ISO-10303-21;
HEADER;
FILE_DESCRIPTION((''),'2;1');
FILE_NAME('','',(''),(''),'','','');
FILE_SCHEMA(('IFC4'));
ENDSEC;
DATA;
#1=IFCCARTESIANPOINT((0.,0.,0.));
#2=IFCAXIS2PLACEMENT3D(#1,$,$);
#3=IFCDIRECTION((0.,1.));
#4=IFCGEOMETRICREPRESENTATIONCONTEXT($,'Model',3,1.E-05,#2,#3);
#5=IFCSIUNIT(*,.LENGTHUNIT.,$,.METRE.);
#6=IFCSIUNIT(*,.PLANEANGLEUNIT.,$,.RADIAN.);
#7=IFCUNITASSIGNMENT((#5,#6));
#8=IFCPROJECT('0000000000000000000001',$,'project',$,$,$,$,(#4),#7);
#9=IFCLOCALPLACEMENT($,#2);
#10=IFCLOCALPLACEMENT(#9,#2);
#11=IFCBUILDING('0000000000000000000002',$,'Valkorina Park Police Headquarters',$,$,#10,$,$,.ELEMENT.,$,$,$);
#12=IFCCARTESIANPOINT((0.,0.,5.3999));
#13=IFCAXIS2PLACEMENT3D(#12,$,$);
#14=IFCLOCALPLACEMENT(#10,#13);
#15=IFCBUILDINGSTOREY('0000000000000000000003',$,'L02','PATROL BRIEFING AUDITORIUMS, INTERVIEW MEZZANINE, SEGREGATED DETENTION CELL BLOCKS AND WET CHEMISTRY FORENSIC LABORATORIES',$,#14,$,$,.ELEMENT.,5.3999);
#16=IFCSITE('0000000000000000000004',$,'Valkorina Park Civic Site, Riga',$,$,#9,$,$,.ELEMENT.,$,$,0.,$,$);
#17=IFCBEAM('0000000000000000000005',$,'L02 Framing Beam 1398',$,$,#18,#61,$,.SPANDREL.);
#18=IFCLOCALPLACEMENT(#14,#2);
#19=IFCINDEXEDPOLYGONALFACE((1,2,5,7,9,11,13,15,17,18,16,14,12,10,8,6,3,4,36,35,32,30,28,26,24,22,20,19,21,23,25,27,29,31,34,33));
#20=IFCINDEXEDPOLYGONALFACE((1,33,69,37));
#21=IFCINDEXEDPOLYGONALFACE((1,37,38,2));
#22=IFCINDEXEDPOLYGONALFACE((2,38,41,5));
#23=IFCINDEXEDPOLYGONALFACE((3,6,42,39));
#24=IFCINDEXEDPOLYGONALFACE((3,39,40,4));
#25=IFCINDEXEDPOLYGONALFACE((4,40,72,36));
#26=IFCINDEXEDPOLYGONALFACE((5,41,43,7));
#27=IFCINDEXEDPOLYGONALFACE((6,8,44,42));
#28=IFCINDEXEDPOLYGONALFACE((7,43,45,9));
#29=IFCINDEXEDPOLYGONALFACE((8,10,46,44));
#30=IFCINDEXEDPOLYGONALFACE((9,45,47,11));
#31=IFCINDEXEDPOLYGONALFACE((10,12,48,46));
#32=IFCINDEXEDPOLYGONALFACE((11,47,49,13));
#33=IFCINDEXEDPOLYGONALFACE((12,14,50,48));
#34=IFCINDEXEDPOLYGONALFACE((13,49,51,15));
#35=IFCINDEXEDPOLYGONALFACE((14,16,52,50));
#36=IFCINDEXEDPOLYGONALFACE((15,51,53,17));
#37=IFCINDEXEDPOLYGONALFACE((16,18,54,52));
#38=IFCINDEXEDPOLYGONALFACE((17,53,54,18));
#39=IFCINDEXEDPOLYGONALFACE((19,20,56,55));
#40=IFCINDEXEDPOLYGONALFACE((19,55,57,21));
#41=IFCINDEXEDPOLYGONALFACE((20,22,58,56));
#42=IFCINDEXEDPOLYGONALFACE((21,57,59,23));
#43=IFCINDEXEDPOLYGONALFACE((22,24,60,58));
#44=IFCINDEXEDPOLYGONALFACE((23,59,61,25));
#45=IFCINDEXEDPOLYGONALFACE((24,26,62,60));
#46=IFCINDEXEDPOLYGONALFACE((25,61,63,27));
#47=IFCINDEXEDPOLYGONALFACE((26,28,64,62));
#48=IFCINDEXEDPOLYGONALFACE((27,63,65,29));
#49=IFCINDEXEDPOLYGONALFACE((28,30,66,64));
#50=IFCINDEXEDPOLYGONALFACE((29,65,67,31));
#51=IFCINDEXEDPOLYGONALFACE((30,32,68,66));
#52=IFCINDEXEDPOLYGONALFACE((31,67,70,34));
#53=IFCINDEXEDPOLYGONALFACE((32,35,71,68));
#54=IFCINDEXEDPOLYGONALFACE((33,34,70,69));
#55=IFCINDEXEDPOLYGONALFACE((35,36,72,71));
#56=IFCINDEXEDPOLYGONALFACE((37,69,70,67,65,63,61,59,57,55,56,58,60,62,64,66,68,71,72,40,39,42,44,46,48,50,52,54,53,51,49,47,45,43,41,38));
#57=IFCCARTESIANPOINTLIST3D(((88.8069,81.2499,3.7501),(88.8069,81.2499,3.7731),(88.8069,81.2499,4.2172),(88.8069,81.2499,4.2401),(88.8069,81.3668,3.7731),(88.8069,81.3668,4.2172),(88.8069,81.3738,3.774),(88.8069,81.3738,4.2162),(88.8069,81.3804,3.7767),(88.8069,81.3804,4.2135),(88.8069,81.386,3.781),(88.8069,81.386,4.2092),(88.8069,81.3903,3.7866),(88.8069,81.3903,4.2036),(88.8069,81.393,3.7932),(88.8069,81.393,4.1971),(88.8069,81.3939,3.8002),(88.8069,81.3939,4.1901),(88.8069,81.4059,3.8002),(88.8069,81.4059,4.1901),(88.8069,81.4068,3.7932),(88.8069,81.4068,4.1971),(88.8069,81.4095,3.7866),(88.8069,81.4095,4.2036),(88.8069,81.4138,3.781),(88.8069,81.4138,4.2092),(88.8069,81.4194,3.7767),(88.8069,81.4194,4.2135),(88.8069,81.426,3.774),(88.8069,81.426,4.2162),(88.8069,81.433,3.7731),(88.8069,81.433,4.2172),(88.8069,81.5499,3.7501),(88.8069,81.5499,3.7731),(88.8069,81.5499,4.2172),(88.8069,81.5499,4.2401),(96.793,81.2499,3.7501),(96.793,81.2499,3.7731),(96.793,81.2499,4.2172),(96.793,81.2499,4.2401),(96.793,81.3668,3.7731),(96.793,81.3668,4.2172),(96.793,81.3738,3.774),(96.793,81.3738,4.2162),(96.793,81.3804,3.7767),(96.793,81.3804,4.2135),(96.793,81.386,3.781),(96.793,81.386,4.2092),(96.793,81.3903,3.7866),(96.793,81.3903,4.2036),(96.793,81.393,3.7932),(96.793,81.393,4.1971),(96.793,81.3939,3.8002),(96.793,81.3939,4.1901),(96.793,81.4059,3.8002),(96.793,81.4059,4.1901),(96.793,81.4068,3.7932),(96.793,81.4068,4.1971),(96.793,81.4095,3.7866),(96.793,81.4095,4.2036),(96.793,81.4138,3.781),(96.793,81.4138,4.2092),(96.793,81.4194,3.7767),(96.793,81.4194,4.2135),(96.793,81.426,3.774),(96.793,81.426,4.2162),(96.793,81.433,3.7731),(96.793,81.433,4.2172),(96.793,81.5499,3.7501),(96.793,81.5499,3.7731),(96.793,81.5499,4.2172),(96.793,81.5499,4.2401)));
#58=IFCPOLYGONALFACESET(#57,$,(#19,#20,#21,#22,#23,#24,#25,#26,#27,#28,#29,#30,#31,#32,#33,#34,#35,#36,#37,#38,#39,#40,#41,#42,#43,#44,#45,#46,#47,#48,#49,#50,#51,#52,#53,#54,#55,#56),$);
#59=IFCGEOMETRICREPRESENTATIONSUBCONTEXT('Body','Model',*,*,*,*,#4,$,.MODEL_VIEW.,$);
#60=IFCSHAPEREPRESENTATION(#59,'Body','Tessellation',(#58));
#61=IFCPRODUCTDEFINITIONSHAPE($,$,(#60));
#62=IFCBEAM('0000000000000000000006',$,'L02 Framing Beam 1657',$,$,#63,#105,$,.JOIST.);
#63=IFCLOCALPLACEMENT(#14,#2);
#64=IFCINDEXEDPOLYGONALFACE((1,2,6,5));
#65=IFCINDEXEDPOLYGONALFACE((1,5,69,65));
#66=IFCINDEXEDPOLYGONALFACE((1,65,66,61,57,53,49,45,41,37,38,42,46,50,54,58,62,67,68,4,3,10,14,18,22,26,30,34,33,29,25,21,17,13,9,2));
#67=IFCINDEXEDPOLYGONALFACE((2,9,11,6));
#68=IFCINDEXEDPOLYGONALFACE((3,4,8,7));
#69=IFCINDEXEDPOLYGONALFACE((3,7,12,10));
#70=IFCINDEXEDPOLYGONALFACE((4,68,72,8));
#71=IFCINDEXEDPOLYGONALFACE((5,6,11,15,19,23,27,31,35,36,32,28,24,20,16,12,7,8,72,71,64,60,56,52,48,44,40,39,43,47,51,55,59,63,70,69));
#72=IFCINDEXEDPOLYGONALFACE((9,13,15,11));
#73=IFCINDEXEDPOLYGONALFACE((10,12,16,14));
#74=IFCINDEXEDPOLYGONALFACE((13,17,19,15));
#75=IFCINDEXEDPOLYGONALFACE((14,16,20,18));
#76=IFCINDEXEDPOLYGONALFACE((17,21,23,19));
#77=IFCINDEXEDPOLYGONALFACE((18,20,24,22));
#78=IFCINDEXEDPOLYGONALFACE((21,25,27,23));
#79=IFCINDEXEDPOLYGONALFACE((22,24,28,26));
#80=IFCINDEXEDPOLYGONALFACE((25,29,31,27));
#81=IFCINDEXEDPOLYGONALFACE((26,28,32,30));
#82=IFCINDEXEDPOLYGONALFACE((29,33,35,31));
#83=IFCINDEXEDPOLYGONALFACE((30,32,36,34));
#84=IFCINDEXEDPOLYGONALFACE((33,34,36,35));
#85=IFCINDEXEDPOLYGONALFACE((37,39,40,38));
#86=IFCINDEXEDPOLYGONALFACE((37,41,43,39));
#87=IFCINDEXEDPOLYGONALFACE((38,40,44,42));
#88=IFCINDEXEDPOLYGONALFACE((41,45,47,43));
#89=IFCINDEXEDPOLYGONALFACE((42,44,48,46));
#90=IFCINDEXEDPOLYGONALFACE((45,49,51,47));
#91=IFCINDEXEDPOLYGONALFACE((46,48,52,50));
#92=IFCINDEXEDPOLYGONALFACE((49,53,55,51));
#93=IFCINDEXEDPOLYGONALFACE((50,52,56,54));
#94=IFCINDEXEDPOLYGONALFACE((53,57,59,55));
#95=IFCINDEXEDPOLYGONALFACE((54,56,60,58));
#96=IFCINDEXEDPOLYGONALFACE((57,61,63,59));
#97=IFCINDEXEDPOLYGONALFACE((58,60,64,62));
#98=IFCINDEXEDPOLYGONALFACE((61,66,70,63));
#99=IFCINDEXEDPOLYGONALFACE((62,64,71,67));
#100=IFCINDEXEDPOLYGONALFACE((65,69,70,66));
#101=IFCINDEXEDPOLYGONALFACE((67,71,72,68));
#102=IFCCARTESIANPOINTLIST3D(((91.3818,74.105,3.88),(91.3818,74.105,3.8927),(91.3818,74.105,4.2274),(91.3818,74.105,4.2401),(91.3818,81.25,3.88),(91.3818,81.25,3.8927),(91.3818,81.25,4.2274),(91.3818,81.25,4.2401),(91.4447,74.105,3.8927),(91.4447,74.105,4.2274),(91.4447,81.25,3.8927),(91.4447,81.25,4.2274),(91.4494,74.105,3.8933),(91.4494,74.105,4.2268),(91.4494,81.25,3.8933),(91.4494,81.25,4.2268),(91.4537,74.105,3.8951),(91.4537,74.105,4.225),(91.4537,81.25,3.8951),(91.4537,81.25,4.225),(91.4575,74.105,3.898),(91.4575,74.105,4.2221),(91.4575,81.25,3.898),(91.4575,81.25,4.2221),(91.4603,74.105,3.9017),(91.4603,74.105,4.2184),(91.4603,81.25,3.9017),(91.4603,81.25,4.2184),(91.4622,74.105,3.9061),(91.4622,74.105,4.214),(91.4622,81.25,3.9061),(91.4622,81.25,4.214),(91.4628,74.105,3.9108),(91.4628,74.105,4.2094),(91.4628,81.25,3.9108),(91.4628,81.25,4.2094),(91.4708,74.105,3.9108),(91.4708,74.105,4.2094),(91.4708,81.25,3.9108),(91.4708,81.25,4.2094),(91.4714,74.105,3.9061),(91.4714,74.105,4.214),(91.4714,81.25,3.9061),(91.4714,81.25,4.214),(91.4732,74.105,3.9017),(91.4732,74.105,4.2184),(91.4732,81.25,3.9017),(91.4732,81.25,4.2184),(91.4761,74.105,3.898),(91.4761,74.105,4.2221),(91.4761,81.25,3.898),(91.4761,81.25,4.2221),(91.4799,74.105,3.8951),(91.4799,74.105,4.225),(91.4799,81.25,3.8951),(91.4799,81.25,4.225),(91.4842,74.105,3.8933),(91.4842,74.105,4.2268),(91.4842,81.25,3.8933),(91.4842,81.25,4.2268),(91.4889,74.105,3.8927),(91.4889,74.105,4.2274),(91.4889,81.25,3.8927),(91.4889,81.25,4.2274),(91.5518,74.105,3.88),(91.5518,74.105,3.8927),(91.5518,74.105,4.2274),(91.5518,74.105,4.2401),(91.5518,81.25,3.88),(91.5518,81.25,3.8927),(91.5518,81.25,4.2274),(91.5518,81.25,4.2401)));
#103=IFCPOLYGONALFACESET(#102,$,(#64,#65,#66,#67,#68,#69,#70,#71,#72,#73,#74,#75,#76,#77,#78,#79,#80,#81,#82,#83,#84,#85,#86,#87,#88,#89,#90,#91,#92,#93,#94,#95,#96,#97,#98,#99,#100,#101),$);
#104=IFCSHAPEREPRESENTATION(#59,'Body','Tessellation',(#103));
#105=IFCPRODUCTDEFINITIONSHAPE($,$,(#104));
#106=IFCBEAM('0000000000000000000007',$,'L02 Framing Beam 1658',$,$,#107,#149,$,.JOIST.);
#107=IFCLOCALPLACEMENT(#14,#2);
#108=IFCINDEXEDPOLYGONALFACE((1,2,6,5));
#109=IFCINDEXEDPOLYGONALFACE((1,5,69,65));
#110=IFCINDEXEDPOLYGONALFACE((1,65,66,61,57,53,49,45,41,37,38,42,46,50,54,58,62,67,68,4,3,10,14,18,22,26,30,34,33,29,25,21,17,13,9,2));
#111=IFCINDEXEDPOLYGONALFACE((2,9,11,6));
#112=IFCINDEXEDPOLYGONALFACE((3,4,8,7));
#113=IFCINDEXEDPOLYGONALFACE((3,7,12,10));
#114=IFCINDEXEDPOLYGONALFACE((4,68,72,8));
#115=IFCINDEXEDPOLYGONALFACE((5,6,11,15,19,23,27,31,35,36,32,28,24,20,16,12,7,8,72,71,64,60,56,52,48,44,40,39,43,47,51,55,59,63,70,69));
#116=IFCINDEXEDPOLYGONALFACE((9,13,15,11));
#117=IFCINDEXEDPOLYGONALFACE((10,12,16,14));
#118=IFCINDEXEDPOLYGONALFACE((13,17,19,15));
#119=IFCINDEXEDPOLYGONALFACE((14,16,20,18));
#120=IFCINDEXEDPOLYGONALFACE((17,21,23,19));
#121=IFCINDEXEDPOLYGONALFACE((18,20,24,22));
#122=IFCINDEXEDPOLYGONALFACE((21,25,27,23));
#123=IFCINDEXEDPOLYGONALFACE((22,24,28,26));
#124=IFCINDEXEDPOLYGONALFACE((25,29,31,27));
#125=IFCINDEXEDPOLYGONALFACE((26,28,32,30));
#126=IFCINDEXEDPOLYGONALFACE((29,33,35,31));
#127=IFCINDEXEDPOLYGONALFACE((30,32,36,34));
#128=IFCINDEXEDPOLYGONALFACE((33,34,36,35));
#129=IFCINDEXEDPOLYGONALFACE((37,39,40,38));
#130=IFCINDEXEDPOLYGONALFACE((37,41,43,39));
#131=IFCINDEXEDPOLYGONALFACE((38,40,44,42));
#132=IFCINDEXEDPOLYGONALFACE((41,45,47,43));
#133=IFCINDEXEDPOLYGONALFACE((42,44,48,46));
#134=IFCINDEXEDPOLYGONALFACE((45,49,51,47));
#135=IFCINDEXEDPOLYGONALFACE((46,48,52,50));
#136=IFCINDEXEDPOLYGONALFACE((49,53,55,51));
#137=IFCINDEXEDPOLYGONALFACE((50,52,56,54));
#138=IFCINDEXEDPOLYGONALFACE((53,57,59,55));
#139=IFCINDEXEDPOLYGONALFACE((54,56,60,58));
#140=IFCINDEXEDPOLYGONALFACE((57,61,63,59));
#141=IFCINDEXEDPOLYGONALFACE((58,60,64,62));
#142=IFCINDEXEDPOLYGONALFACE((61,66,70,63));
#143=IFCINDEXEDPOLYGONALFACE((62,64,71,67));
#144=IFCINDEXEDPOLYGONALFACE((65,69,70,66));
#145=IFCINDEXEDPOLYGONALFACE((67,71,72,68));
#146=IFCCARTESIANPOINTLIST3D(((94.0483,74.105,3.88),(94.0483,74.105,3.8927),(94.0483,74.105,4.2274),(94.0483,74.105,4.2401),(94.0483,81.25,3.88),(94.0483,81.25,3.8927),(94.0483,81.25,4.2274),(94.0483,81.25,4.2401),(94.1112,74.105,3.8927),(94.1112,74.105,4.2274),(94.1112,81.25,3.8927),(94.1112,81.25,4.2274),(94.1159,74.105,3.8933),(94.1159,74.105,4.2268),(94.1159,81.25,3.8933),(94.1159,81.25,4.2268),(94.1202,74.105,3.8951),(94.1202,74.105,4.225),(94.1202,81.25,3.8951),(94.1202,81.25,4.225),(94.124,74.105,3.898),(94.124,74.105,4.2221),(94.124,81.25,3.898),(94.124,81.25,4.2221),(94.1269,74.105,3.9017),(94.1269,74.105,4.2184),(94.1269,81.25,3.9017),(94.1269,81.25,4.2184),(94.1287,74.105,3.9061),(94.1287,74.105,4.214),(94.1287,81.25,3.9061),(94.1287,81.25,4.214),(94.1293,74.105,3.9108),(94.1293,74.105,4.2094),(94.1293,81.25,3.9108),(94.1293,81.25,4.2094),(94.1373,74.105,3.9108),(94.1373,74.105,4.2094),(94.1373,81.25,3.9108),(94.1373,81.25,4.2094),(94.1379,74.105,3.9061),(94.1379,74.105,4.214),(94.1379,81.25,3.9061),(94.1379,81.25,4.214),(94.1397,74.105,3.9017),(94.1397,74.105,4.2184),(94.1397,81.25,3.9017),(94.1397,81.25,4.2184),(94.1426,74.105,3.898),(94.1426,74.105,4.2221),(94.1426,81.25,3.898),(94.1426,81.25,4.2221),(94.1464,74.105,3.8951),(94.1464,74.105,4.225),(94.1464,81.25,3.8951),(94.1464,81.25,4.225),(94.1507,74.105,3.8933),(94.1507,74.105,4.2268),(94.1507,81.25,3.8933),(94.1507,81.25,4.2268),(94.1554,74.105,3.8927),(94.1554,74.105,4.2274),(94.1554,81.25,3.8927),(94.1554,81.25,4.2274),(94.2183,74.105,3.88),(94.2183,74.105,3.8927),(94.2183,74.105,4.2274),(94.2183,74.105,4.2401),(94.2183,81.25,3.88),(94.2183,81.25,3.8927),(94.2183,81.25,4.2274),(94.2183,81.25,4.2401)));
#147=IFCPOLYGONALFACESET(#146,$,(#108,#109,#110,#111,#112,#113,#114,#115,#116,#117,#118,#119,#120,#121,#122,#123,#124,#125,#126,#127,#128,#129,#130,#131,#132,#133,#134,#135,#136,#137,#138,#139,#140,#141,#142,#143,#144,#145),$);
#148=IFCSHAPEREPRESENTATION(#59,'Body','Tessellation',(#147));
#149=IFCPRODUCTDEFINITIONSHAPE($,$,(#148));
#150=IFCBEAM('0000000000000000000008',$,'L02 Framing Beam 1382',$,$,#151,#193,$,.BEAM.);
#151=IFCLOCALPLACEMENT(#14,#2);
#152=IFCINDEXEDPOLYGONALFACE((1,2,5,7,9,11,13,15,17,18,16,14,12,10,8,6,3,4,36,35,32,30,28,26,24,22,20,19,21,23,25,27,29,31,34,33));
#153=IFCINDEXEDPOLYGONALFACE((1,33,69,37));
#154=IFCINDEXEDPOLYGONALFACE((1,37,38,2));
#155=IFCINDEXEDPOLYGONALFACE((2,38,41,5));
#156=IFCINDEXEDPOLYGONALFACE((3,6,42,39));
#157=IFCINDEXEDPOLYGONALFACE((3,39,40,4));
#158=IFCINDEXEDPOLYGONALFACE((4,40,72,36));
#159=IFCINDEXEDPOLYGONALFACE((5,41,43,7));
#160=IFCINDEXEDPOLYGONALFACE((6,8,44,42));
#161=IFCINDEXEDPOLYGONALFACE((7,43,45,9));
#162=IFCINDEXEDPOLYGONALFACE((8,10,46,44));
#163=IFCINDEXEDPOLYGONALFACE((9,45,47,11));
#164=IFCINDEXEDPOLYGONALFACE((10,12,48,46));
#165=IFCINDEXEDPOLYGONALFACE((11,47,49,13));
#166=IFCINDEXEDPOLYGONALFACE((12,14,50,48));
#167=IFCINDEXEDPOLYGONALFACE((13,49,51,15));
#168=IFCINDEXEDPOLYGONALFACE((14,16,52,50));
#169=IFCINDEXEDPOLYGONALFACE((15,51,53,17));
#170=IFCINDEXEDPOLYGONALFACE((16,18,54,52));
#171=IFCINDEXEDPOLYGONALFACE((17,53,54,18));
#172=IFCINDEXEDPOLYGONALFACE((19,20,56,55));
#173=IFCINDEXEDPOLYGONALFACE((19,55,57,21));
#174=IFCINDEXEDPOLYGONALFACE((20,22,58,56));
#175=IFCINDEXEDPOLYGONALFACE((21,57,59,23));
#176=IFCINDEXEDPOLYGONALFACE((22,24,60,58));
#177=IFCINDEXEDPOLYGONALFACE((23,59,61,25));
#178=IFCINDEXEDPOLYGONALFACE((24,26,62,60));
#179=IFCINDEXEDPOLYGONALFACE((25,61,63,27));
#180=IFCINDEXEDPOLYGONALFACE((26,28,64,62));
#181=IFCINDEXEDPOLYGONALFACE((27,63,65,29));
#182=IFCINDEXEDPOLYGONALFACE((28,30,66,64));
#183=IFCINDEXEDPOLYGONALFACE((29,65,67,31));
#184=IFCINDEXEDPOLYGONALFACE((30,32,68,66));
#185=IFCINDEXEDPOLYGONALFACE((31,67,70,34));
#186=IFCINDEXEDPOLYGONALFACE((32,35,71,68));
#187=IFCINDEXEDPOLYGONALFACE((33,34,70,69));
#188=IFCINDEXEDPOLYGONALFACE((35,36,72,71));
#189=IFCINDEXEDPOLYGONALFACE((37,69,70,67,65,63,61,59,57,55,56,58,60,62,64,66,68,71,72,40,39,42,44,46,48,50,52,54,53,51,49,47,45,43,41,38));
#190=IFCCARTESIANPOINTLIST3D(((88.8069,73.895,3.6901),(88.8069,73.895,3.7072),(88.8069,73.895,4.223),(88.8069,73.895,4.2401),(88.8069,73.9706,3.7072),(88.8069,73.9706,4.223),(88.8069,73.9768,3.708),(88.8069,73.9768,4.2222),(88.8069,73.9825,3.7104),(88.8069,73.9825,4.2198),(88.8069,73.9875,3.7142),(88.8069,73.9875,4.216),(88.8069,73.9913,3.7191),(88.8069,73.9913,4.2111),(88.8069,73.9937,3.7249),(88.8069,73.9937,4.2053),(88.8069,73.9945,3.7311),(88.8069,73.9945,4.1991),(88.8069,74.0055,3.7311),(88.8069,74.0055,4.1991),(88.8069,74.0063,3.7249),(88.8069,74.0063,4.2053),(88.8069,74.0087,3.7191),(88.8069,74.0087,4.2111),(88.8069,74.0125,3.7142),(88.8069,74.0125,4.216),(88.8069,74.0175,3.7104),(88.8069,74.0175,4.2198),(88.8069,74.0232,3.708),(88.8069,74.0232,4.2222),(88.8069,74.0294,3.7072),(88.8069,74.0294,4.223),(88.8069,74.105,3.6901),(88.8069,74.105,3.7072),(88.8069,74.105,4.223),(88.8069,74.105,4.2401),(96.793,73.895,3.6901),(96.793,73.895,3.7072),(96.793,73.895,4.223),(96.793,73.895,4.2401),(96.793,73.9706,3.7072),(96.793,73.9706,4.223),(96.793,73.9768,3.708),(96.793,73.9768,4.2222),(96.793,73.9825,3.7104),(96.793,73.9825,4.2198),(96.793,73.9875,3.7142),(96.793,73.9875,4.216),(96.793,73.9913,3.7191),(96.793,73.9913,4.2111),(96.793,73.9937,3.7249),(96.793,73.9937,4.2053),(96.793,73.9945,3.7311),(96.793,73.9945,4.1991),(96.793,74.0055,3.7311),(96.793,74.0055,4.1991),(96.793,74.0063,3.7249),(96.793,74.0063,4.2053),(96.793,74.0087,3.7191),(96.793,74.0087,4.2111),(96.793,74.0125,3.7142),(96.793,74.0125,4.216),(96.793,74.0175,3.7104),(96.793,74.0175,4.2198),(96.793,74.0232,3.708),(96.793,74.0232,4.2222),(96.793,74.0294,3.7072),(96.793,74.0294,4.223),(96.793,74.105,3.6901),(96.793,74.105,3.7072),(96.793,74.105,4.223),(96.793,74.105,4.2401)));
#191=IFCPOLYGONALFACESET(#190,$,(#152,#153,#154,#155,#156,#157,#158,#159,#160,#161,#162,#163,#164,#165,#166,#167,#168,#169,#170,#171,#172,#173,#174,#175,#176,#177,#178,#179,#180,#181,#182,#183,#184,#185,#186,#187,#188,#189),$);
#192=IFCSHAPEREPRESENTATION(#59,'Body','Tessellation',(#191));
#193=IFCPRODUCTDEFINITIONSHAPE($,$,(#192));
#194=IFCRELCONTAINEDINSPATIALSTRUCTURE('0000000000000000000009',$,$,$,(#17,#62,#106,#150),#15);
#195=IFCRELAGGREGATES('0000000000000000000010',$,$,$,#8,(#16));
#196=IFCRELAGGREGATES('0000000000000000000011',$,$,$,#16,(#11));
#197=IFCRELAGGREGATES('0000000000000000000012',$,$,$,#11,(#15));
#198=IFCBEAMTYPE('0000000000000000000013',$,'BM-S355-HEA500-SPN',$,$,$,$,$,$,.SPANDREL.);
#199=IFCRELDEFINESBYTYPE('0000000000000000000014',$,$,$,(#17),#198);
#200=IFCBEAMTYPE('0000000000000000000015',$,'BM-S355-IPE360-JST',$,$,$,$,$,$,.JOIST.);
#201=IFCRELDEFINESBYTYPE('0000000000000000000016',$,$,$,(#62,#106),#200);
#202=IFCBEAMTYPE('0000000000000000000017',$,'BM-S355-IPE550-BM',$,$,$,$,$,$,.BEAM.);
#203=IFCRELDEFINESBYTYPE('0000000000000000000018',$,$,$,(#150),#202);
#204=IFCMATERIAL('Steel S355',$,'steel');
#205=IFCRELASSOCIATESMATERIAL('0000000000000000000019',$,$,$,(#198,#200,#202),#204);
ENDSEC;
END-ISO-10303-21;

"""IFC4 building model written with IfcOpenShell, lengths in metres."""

from ifc_helpers import new_model, si_unit, direction, frame, origin, origin_2d, place, context, subcontext, project, spatial, i_section, extrude, material, material_profile, profile_set, type_object, element, save


model = new_model("IFC4")

# Units and contexts
model_context = context("Model", 3, precision=1e-05, world=origin(), true_north=direction((0.0, 1.0)))
body_context = subcontext(model_context, "Body", "Model", "MODEL_VIEW")
ifc_project = project(units=[si_unit("LENGTHUNIT", "METRE"), si_unit("PLANEANGLEUNIT", "RADIAN")], contexts=[model_context])

# Site, building, storey
site_placement = place(None, origin())
site = spatial("IfcSite", under=ifc_project, at=site_placement, Name="Valkorina Park Civic Site, Riga", CompositionType="ELEMENT", RefElevation=0.0)
building_placement = place(site_placement, origin())
building = spatial("IfcBuilding", under=site, at=building_placement, Name="Valkorina Park Police Headquarters", CompositionType="ELEMENT")
storey_placement = place(building_placement, frame((0.0, 0.0, 5.3999)))
storey = spatial("IfcBuildingStorey", under=building, at=storey_placement, Name="L02", Description="PATROL BRIEFING AUDITORIUMS, INTERVIEW MEZZANINE, SEGREGATED DETENTION CELL BLOCKS AND WET CHEMISTRY FORENSIC LABORATORIES", CompositionType="ELEMENT", Elevation=5.3999)

# Shared definitions
ifc_material_1 = material(Name="Steel S355", Category="steel")

# Beams
ifc_material_profile_1 = material_profile(ifc_material_1, i_section(OverallWidth=0.3, OverallDepth=0.49, WebThickness=0.012, FlangeThickness=0.0229, FilletRadius=0.0271, at=origin_2d()), Name="HEA 500")
ifc_profile_set_1 = profile_set([ifc_material_profile_1], Name="Steel S355")
beam_type_1 = type_object("IfcBeamType", Name="BM-S355-HEA500-SPN", PredefinedType="SPANDREL", material=ifc_profile_set_1)
beam_1_placement = place(storey_placement, frame((88.8069, 81.3999, 3.9951), z_axis=(1.0, 0.0, 0.0), x_axis=(0.0, 1.0, 0.0)))
element("IfcBeam", 1, at=beam_1_placement, inside=storey, type_object=beam_type_1, Name="L02 Framing Beam 1398", PredefinedType="SPANDREL", context=body_context, shape_type="SweptSolid", body=[
    extrude(i_section(OverallWidth=0.3, OverallDepth=0.49, WebThickness=0.012, FlangeThickness=0.0229, FilletRadius=0.0271, at=origin_2d()), origin(), (0.0, 0.0, 1.0), 7.9861),
])
ifc_material_profile_2 = material_profile(ifc_material_1, i_section(OverallWidth=0.1699, OverallDepth=0.3601, WebThickness=0.0081, FlangeThickness=0.0127, FilletRadius=0.0181, at=origin_2d()), Name="IPE 360")
ifc_profile_set_2 = profile_set([ifc_material_profile_2], Name="Steel S355")
beam_type_2 = type_object("IfcBeamType", Name="BM-S355-IPE360-JST", PredefinedType="JOIST", material=ifc_profile_set_2)
for number, where, z_axis, x_axis, name in (
    (2, (91.4668, 74.105, 4.0601), (0.0, 1.0, 0.0), (-1.0, 0.0, 0.0), "L02 Framing Beam 1657"),
    (3, (94.1333, 74.105, 4.0601), (0.0, 1.0, 0.0), (-1.0, 0.0, 0.0), "L02 Framing Beam 1658"),
):
    element("IfcBeam", number, at=place(storey_placement, frame(where, z_axis=z_axis, x_axis=x_axis)), inside=storey, type_object=beam_type_2, Name=name, PredefinedType="JOIST", context=body_context, shape_type="SweptSolid", body=[
        extrude(i_section(OverallWidth=0.1699, OverallDepth=0.3601, WebThickness=0.0081, FlangeThickness=0.0127, FilletRadius=0.0181, at=origin_2d()), origin(), (0.0, 0.0, 1.0), 7.145),
    ])
ifc_material_profile_3 = material_profile(ifc_material_1, i_section(OverallWidth=0.21, OverallDepth=0.55, WebThickness=0.011, FlangeThickness=0.0171, FilletRadius=0.0239, at=origin_2d()), Name="IPE 550")
ifc_profile_set_3 = profile_set([ifc_material_profile_3], Name="Steel S355")
beam_type_3 = type_object("IfcBeamType", Name="BM-S355-IPE550-BM", PredefinedType="BEAM", material=ifc_profile_set_3)
for number, where, z_axis, x_axis, name in (
    (4, (88.8069, 74.0, 3.9651), (1.0, 0.0, 0.0), (0.0, 1.0, 0.0), "L02 Framing Beam 1382"),
):
    element("IfcBeam", number, at=place(storey_placement, frame(where, z_axis=z_axis, x_axis=x_axis)), inside=storey, type_object=beam_type_3, Name=name, PredefinedType="BEAM", context=body_context, shape_type="SweptSolid", body=[
        extrude(i_section(OverallWidth=0.21, OverallDepth=0.55, WebThickness=0.011, FlangeThickness=0.0171, FilletRadius=0.0239, at=origin_2d()), origin(), (0.0, 0.0, 1.0), 7.9861),
    ])

save(model, "model.ifc")
